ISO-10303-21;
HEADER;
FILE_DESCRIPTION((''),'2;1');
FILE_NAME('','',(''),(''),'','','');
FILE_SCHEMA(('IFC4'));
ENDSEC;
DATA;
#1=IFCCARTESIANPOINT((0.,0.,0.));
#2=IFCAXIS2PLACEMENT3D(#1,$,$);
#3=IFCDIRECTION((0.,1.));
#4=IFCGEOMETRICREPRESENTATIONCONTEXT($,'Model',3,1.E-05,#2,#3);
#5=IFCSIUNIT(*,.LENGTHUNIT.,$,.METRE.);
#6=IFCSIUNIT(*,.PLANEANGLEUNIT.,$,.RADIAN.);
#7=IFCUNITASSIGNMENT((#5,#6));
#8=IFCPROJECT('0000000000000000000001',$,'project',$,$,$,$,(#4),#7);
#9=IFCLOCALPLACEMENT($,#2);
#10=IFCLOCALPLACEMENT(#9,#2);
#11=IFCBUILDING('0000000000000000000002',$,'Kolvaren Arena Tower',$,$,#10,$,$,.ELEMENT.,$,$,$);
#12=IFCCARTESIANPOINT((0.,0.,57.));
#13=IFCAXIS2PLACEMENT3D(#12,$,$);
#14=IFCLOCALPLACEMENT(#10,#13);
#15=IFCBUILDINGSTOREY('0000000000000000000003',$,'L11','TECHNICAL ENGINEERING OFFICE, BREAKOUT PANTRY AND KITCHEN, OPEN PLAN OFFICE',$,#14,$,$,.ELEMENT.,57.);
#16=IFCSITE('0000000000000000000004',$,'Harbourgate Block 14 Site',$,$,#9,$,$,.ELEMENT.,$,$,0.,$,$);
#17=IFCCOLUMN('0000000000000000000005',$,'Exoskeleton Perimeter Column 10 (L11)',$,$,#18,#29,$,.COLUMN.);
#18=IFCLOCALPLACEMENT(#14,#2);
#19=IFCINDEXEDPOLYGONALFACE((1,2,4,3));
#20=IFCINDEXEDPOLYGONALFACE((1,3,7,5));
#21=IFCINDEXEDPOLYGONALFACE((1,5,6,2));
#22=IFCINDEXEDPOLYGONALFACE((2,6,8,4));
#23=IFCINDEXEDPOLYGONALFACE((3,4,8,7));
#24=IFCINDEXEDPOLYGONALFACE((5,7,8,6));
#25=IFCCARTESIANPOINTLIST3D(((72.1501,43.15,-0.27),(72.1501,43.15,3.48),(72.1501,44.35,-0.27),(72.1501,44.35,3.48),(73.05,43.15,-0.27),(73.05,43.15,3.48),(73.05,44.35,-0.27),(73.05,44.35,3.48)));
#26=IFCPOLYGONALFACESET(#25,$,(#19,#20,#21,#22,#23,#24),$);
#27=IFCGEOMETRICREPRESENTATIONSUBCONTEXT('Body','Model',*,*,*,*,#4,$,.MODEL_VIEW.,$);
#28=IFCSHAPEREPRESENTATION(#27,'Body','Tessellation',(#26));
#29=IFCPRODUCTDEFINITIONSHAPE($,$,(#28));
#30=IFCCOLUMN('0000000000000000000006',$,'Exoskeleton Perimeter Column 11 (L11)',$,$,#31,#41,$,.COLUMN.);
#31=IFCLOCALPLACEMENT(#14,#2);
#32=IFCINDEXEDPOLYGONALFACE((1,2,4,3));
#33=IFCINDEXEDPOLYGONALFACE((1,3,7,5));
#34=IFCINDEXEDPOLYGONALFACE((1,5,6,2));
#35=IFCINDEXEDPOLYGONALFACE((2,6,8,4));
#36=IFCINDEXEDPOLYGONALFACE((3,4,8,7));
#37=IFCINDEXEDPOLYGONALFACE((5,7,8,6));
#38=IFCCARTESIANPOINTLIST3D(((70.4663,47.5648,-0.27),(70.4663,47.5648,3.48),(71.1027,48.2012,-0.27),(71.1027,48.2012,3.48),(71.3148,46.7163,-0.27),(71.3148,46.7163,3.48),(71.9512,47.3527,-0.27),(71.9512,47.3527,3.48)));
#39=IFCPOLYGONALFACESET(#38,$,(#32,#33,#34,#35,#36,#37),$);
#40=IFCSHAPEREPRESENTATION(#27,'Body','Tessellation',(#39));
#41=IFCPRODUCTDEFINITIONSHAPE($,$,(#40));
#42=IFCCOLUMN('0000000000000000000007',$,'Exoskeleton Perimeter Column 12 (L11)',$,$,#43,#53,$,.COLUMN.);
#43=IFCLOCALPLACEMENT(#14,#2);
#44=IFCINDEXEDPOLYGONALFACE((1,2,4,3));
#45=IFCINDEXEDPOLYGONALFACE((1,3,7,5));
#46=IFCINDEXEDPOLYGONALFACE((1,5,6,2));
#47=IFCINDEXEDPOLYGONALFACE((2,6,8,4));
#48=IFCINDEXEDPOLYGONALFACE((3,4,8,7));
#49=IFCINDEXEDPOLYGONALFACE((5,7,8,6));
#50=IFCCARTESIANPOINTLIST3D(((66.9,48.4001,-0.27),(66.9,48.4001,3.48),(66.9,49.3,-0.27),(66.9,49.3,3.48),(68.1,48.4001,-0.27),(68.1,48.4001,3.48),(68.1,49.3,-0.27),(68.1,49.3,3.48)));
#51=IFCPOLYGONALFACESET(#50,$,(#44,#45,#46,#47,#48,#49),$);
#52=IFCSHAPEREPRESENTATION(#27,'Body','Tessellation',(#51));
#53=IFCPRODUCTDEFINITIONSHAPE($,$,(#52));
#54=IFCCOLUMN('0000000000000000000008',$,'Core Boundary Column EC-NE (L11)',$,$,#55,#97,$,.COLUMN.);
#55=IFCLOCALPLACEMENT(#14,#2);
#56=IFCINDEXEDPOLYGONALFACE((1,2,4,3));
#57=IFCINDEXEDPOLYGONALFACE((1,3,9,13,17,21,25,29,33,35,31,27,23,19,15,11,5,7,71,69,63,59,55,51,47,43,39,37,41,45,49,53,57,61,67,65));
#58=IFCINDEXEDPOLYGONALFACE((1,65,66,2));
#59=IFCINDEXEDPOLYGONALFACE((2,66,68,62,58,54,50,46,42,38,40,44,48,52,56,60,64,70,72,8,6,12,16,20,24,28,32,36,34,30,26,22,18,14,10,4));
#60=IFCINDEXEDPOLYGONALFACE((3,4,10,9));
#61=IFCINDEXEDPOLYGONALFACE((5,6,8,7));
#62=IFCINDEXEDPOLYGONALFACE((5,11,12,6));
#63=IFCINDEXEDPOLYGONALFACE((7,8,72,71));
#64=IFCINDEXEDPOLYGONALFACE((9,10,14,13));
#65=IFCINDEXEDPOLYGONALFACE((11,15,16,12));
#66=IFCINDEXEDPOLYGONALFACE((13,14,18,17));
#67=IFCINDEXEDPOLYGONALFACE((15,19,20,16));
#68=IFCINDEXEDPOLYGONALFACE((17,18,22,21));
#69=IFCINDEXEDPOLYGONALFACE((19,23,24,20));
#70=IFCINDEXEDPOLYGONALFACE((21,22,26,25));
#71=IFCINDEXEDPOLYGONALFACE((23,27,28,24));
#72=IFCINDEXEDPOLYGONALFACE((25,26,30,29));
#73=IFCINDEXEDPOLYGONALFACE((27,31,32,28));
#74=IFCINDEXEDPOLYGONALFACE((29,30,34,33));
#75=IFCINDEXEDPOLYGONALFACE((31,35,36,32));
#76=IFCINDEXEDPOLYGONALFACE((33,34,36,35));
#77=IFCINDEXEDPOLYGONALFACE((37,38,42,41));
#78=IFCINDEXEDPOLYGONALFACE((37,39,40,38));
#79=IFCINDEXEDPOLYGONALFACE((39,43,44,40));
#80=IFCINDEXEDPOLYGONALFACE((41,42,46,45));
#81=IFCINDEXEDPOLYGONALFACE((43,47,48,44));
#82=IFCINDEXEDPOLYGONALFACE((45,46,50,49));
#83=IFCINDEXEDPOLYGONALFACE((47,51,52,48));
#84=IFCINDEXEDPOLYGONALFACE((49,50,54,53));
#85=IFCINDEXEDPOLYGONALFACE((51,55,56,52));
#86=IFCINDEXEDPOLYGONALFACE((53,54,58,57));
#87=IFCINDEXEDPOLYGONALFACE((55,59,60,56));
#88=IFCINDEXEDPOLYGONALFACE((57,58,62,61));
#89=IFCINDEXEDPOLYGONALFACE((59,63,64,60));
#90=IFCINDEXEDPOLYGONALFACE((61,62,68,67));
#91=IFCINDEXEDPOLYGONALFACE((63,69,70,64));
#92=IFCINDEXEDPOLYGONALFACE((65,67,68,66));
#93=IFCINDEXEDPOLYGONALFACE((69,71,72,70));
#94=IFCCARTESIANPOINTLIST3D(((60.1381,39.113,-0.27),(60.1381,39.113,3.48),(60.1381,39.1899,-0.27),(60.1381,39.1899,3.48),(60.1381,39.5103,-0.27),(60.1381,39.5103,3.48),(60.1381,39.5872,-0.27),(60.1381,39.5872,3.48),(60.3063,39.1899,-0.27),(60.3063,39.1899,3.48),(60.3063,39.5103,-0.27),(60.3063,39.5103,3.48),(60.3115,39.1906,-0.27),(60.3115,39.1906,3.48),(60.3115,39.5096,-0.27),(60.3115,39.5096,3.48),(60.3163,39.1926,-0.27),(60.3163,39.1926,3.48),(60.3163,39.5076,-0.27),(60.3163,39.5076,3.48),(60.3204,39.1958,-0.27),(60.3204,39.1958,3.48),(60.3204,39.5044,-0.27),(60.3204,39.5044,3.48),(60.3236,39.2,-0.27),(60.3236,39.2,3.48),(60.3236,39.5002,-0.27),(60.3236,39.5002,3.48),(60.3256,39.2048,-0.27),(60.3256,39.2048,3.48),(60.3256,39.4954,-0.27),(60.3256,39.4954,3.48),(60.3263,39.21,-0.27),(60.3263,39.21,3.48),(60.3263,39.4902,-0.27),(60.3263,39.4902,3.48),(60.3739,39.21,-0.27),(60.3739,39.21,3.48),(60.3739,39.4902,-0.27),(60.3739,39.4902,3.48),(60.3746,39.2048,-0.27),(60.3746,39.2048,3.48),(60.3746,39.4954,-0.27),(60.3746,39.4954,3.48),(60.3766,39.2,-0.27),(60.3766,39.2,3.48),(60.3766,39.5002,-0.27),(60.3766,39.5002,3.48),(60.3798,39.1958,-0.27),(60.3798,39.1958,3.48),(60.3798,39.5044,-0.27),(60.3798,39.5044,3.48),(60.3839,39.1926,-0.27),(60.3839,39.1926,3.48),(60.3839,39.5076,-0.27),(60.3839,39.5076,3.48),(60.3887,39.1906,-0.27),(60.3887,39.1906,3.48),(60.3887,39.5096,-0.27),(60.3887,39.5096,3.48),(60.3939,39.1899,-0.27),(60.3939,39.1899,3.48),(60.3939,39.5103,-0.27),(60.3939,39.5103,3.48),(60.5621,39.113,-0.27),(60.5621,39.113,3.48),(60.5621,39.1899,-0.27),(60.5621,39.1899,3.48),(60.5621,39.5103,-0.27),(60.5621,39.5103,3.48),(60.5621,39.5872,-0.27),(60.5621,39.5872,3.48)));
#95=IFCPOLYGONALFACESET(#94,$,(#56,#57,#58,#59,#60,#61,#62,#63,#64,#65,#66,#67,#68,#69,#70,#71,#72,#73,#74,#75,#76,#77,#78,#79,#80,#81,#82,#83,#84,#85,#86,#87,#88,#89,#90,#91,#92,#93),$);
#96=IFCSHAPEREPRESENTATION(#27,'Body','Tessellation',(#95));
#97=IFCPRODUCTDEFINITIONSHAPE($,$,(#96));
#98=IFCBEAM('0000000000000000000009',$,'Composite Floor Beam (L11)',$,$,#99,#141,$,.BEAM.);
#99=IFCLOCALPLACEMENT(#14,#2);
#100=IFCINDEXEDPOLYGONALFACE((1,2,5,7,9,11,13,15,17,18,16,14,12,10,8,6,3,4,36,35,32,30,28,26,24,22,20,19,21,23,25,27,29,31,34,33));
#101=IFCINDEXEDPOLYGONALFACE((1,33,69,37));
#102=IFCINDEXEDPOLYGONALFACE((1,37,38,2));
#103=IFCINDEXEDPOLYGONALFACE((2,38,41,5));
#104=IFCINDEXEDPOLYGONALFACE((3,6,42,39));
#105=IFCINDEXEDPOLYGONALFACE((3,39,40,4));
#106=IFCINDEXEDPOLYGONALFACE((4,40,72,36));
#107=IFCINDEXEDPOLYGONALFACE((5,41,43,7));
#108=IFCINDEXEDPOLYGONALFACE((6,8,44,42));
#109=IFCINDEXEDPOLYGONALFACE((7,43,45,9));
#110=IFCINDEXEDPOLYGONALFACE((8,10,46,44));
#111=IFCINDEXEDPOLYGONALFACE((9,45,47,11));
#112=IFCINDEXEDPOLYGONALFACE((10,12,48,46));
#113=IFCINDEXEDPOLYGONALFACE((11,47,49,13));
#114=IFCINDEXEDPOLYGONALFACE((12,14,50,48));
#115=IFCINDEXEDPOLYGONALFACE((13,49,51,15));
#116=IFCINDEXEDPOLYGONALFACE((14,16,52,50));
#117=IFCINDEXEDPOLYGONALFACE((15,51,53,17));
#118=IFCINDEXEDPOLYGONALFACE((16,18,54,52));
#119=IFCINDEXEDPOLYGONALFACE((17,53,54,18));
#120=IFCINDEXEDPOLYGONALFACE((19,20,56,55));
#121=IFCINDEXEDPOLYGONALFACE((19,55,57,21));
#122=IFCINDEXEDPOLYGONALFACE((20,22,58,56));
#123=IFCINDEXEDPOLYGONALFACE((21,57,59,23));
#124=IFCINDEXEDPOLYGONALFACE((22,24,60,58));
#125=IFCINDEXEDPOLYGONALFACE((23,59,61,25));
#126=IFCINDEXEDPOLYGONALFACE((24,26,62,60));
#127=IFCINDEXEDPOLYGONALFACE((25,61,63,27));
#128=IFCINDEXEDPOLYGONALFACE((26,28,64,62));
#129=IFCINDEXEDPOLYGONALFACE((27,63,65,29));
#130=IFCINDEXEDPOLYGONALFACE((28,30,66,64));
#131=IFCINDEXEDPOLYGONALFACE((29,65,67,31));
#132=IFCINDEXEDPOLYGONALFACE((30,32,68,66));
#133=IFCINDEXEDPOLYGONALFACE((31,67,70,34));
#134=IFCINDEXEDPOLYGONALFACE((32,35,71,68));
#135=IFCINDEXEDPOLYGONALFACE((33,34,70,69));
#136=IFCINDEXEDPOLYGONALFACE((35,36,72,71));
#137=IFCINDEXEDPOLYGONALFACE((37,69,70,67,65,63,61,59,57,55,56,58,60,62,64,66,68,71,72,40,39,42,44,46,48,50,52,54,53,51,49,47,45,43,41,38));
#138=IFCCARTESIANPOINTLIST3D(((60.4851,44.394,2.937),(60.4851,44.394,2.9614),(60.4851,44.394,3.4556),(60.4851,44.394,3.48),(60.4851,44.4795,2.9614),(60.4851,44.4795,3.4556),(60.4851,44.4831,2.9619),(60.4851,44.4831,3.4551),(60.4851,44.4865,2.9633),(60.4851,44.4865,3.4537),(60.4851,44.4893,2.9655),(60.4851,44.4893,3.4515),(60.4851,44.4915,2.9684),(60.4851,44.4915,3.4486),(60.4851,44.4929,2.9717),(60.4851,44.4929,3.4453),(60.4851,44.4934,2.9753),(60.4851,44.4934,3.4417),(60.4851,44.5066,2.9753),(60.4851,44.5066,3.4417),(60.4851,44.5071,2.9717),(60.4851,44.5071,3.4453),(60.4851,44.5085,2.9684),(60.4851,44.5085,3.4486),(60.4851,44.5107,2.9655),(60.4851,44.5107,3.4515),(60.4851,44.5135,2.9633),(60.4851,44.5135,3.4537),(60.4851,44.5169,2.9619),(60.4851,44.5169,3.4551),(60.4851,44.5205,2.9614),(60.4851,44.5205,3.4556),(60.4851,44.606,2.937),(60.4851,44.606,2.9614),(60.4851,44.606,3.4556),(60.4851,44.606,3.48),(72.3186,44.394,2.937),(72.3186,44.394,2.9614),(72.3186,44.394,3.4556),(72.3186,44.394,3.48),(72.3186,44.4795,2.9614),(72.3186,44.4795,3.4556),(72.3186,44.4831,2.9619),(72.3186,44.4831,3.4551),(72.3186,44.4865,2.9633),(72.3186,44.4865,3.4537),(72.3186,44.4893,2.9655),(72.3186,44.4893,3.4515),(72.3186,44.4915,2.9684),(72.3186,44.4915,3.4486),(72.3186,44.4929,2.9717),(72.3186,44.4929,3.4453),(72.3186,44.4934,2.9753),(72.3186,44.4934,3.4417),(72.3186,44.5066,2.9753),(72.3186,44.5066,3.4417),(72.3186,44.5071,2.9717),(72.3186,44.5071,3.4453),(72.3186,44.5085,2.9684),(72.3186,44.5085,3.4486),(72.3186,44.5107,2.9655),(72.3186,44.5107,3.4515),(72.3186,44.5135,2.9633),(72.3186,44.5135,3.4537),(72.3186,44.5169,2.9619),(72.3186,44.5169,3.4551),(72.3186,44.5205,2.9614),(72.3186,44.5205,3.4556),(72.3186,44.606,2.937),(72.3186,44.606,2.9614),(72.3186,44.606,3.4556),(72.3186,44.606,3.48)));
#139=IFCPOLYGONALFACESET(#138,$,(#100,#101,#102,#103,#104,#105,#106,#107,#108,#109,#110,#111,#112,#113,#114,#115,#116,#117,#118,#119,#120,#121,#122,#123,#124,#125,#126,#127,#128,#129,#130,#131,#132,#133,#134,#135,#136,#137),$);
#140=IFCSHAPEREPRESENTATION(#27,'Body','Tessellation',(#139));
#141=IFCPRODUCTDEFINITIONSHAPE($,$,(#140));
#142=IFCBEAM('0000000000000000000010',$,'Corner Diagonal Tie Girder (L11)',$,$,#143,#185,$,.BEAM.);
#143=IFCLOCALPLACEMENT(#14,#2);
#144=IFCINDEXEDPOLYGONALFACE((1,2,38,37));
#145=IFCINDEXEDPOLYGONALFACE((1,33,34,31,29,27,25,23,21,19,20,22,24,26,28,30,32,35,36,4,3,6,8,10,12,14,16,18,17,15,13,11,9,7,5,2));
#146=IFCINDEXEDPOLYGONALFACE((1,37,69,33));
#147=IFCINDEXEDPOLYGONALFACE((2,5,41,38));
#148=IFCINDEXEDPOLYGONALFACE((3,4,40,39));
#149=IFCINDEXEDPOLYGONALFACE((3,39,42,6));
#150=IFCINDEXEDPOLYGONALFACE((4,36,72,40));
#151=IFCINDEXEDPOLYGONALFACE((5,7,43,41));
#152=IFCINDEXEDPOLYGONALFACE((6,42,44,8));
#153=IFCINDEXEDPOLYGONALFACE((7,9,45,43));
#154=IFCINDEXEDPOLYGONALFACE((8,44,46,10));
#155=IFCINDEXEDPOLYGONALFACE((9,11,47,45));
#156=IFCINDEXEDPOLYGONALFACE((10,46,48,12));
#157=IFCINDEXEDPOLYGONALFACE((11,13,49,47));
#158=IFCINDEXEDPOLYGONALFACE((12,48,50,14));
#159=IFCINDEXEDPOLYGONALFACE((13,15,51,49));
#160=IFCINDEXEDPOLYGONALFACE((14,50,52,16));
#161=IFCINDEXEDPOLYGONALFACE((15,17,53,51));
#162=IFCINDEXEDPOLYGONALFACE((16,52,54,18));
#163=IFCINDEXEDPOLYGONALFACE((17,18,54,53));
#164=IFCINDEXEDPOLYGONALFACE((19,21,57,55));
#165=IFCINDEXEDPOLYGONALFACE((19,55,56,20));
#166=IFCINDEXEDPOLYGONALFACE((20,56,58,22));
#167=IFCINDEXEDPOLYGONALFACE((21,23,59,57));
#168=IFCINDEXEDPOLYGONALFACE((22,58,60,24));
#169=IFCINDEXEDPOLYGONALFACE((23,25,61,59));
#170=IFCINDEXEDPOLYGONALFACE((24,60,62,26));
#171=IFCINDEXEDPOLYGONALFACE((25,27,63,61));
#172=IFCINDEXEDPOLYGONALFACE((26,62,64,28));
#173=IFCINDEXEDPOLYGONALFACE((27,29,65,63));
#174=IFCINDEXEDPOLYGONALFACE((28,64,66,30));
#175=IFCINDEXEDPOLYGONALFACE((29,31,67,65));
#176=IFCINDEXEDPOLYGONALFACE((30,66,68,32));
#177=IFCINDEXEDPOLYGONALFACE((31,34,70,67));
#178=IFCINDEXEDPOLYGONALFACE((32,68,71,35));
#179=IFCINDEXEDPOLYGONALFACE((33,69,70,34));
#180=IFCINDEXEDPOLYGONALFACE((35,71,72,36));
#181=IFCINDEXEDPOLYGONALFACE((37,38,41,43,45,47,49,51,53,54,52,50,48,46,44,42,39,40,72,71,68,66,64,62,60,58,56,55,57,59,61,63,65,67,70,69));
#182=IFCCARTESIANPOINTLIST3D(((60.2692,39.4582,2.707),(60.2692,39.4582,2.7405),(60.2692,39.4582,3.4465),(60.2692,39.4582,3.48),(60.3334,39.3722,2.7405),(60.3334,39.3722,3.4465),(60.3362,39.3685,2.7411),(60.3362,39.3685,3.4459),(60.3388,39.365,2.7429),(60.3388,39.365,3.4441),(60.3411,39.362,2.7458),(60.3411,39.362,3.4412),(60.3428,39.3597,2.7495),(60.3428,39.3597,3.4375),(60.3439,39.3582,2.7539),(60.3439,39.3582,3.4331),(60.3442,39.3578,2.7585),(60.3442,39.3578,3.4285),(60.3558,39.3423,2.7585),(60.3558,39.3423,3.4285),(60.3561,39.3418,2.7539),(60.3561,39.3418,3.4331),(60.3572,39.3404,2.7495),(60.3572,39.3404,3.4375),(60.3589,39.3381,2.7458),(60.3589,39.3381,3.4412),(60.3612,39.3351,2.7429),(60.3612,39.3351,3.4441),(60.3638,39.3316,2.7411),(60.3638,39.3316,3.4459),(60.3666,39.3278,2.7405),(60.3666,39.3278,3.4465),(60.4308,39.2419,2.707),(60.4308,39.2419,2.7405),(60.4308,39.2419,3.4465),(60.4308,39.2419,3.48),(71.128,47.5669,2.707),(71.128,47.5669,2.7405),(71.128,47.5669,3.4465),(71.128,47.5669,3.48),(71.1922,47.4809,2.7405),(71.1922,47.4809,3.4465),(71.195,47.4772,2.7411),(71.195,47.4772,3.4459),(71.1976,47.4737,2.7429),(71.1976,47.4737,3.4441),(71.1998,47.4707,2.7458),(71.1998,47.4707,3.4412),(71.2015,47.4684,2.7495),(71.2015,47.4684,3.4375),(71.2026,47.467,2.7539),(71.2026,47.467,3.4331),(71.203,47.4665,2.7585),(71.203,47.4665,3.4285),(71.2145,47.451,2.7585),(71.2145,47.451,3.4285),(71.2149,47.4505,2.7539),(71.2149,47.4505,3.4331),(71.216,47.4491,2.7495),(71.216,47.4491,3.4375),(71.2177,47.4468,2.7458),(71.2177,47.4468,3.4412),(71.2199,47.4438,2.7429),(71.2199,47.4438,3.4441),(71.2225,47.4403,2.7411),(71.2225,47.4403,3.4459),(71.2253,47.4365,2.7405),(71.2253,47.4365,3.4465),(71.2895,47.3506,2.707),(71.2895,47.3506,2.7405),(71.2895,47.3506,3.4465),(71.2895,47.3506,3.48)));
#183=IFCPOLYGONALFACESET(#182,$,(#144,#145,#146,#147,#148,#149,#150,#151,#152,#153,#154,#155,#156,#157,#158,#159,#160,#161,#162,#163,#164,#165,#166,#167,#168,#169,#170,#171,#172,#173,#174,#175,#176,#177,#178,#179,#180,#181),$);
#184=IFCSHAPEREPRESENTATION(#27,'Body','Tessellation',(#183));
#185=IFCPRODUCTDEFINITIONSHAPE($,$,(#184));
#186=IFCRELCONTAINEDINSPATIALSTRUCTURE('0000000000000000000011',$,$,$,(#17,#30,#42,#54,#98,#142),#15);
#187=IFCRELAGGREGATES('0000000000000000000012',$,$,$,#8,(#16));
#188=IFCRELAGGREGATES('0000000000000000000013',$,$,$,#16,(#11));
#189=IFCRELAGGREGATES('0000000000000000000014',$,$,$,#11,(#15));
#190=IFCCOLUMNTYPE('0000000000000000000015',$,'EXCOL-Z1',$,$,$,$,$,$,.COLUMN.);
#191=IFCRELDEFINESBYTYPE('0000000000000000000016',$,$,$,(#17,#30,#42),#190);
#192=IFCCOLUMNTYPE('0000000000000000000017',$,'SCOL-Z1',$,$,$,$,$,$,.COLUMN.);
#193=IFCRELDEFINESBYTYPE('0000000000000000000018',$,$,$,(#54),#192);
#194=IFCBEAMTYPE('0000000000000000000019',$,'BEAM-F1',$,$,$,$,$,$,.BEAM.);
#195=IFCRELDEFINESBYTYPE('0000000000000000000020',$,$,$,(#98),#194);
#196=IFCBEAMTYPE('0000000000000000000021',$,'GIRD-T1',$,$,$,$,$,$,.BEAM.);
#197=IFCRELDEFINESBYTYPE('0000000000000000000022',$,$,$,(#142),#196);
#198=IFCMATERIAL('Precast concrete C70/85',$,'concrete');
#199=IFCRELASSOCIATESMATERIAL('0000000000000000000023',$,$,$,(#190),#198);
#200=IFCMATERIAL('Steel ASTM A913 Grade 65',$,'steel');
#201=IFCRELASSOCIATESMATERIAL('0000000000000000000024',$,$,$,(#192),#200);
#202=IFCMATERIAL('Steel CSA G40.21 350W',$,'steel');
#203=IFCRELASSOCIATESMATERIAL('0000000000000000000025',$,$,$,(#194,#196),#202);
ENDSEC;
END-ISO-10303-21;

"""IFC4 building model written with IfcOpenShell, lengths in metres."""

from ifc_helpers import new_model, si_unit, direction, frame, origin, origin_2d, place, context, subcontext, project, spatial, rectangle, i_section, extrude, material, material_profile, profile_set, type_object, element, save


model = new_model("IFC4")

# Units and contexts
model_context = context("Model", 3, precision=1e-05, world=origin(), true_north=direction((0.0, 1.0)))
body_context = subcontext(model_context, "Body", "Model", "MODEL_VIEW")
ifc_project = project(units=[si_unit("LENGTHUNIT", "METRE"), si_unit("PLANEANGLEUNIT", "RADIAN")], contexts=[model_context])

# Site, building, storey
site_placement = place(None, origin())
site = spatial("IfcSite", under=ifc_project, at=site_placement, Name="Harbourgate Block 14 Site", CompositionType="ELEMENT", RefElevation=0.0)
building_placement = place(site_placement, origin())
building = spatial("IfcBuilding", under=site, at=building_placement, Name="Kolvaren Arena Tower", CompositionType="ELEMENT")
storey_placement = place(building_placement, frame((0.0, 0.0, 57.0)))
storey = spatial("IfcBuildingStorey", under=building, at=storey_placement, Name="L11", Description="TECHNICAL ENGINEERING OFFICE, BREAKOUT PANTRY AND KITCHEN, OPEN PLAN OFFICE", CompositionType="ELEMENT", Elevation=57.0)

# Columns
ifc_material_1 = material(Name="Precast concrete C70/85", Category="concrete")
ifc_material_profile_1 = material_profile(ifc_material_1, rectangle(XDim=1.2, YDim=0.8999, at=origin_2d()), Name="RC-1200x900")
ifc_profile_set_1 = profile_set([ifc_material_profile_1], Name="Precast concrete C70/85")
column_type_1 = type_object("IfcColumnType", Name="EXCOL-Z1", PredefinedType="COLUMN", material=ifc_profile_set_1)
for number, where, z_axis, x_axis, name in (
    (1, (72.6001, 43.75, -0.27), (0.0, 0.0, 1.0), (0.0, 1.0, 0.0), "Exoskeleton Perimeter Column 10 (L11)"),
    (2, (71.2087, 47.4587, -0.27), (0.0, 0.0, 1.0), (-0.707107, 0.707107, 0.0), "Exoskeleton Perimeter Column 11 (L11)"),
    (3, (67.5, 48.8501, -0.27), (0.0, 0.0, 1.0), (1.0, 0.0, 0.0), "Exoskeleton Perimeter Column 12 (L11)"),
):
    element("IfcColumn", number, at=place(storey_placement, frame(where, z_axis=z_axis, x_axis=x_axis)), inside=storey, type_object=column_type_1, Name=name, PredefinedType="COLUMN", context=body_context, shape_type="SweptSolid", body=[
        extrude(rectangle(XDim=1.2, YDim=0.8999, at=origin_2d()), origin(), (0.0, 0.0, 1.0), 3.75),
    ])
ifc_material_2 = material(Name="Steel ASTM A913 Grade 65", Category="steel")
ifc_material_profile_2 = material_profile(ifc_material_2, i_section(OverallWidth=0.4241, OverallDepth=0.4741, WebThickness=0.0476, FlangeThickness=0.0769, FilletRadius=0.02, at=origin_2d()), Name="W360x634")
ifc_profile_set_2 = profile_set([ifc_material_profile_2], Name="Steel ASTM A913 Grade 65")
column_type_2 = type_object("IfcColumnType", Name="SCOL-Z1", PredefinedType="COLUMN", material=ifc_profile_set_2)
column_placement = place(storey_placement, frame((60.3501, 39.3501, -0.27), z_axis=(0.0, 0.0, 1.0), x_axis=(1.0, 0.0, 0.0)))
element("IfcColumn", 4, at=column_placement, inside=storey, type_object=column_type_2, Name="Core Boundary Column EC-NE (L11)", PredefinedType="COLUMN", context=body_context, shape_type="SweptSolid", body=[
    extrude(i_section(OverallWidth=0.4241, OverallDepth=0.4741, WebThickness=0.0476, FlangeThickness=0.0769, FilletRadius=0.02, at=origin_2d()), origin(), (0.0, 0.0, 1.0), 3.75),
])

# Beams
ifc_material_3 = material(Name="Steel CSA G40.21 350W", Category="steel")
ifc_material_profile_3 = material_profile(ifc_material_3, i_section(OverallWidth=0.2119, OverallDepth=0.543, WebThickness=0.0132, FlangeThickness=0.0244, FilletRadius=0.0139, at=origin_2d()), Name="W530x150")
ifc_profile_set_3 = profile_set([ifc_material_profile_3], Name="Steel CSA G40.21 350W")
beam_type_1 = type_object("IfcBeamType", Name="BEAM-F1", PredefinedType="BEAM", material=ifc_profile_set_3)
beam_1_placement = place(storey_placement, frame((60.4851, 44.5, 3.2085), z_axis=(1.0, 0.0, 0.0), x_axis=(0.0, 1.0, 0.0)))
element("IfcBeam", 5, at=beam_1_placement, inside=storey, type_object=beam_type_1, Name="Composite Floor Beam (L11)", PredefinedType="BEAM", context=body_context, shape_type="SweptSolid", body=[
    extrude(i_section(OverallWidth=0.2119, OverallDepth=0.543, WebThickness=0.0132, FlangeThickness=0.0244, FilletRadius=0.0139, at=origin_2d()), origin(), (0.0, 0.0, 1.0), 11.8335),
])
ifc_material_profile_4 = material_profile(ifc_material_3, i_section(OverallWidth=0.27, OverallDepth=0.7729, WebThickness=0.0193, FlangeThickness=0.0334, FilletRadius=0.0181, at=origin_2d()), Name="W760x257")
ifc_profile_set_4 = profile_set([ifc_material_profile_4], Name="Steel CSA G40.21 350W")
beam_type_2 = type_object("IfcBeamType", Name="GIRD-T1", PredefinedType="BEAM", material=ifc_profile_set_4)
beam_2_placement = place(storey_placement, frame((71.2087, 47.4587, 3.0935), z_axis=(-0.80125, -0.59833, 0.0), x_axis=(0.59833, -0.80125, 0.0)))
element("IfcBeam", 6, at=beam_2_placement, inside=storey, type_object=beam_type_2, Name="Corner Diagonal Tie Girder (L11)", PredefinedType="BEAM", context=body_context, shape_type="SweptSolid", body=[
    extrude(i_section(OverallWidth=0.27, OverallDepth=0.7729, WebThickness=0.0193, FlangeThickness=0.0334, FilletRadius=0.0181, at=origin_2d()), origin(), (0.0, 0.0, 1.0), 13.5522),
])

save(model, "model.ifc")
